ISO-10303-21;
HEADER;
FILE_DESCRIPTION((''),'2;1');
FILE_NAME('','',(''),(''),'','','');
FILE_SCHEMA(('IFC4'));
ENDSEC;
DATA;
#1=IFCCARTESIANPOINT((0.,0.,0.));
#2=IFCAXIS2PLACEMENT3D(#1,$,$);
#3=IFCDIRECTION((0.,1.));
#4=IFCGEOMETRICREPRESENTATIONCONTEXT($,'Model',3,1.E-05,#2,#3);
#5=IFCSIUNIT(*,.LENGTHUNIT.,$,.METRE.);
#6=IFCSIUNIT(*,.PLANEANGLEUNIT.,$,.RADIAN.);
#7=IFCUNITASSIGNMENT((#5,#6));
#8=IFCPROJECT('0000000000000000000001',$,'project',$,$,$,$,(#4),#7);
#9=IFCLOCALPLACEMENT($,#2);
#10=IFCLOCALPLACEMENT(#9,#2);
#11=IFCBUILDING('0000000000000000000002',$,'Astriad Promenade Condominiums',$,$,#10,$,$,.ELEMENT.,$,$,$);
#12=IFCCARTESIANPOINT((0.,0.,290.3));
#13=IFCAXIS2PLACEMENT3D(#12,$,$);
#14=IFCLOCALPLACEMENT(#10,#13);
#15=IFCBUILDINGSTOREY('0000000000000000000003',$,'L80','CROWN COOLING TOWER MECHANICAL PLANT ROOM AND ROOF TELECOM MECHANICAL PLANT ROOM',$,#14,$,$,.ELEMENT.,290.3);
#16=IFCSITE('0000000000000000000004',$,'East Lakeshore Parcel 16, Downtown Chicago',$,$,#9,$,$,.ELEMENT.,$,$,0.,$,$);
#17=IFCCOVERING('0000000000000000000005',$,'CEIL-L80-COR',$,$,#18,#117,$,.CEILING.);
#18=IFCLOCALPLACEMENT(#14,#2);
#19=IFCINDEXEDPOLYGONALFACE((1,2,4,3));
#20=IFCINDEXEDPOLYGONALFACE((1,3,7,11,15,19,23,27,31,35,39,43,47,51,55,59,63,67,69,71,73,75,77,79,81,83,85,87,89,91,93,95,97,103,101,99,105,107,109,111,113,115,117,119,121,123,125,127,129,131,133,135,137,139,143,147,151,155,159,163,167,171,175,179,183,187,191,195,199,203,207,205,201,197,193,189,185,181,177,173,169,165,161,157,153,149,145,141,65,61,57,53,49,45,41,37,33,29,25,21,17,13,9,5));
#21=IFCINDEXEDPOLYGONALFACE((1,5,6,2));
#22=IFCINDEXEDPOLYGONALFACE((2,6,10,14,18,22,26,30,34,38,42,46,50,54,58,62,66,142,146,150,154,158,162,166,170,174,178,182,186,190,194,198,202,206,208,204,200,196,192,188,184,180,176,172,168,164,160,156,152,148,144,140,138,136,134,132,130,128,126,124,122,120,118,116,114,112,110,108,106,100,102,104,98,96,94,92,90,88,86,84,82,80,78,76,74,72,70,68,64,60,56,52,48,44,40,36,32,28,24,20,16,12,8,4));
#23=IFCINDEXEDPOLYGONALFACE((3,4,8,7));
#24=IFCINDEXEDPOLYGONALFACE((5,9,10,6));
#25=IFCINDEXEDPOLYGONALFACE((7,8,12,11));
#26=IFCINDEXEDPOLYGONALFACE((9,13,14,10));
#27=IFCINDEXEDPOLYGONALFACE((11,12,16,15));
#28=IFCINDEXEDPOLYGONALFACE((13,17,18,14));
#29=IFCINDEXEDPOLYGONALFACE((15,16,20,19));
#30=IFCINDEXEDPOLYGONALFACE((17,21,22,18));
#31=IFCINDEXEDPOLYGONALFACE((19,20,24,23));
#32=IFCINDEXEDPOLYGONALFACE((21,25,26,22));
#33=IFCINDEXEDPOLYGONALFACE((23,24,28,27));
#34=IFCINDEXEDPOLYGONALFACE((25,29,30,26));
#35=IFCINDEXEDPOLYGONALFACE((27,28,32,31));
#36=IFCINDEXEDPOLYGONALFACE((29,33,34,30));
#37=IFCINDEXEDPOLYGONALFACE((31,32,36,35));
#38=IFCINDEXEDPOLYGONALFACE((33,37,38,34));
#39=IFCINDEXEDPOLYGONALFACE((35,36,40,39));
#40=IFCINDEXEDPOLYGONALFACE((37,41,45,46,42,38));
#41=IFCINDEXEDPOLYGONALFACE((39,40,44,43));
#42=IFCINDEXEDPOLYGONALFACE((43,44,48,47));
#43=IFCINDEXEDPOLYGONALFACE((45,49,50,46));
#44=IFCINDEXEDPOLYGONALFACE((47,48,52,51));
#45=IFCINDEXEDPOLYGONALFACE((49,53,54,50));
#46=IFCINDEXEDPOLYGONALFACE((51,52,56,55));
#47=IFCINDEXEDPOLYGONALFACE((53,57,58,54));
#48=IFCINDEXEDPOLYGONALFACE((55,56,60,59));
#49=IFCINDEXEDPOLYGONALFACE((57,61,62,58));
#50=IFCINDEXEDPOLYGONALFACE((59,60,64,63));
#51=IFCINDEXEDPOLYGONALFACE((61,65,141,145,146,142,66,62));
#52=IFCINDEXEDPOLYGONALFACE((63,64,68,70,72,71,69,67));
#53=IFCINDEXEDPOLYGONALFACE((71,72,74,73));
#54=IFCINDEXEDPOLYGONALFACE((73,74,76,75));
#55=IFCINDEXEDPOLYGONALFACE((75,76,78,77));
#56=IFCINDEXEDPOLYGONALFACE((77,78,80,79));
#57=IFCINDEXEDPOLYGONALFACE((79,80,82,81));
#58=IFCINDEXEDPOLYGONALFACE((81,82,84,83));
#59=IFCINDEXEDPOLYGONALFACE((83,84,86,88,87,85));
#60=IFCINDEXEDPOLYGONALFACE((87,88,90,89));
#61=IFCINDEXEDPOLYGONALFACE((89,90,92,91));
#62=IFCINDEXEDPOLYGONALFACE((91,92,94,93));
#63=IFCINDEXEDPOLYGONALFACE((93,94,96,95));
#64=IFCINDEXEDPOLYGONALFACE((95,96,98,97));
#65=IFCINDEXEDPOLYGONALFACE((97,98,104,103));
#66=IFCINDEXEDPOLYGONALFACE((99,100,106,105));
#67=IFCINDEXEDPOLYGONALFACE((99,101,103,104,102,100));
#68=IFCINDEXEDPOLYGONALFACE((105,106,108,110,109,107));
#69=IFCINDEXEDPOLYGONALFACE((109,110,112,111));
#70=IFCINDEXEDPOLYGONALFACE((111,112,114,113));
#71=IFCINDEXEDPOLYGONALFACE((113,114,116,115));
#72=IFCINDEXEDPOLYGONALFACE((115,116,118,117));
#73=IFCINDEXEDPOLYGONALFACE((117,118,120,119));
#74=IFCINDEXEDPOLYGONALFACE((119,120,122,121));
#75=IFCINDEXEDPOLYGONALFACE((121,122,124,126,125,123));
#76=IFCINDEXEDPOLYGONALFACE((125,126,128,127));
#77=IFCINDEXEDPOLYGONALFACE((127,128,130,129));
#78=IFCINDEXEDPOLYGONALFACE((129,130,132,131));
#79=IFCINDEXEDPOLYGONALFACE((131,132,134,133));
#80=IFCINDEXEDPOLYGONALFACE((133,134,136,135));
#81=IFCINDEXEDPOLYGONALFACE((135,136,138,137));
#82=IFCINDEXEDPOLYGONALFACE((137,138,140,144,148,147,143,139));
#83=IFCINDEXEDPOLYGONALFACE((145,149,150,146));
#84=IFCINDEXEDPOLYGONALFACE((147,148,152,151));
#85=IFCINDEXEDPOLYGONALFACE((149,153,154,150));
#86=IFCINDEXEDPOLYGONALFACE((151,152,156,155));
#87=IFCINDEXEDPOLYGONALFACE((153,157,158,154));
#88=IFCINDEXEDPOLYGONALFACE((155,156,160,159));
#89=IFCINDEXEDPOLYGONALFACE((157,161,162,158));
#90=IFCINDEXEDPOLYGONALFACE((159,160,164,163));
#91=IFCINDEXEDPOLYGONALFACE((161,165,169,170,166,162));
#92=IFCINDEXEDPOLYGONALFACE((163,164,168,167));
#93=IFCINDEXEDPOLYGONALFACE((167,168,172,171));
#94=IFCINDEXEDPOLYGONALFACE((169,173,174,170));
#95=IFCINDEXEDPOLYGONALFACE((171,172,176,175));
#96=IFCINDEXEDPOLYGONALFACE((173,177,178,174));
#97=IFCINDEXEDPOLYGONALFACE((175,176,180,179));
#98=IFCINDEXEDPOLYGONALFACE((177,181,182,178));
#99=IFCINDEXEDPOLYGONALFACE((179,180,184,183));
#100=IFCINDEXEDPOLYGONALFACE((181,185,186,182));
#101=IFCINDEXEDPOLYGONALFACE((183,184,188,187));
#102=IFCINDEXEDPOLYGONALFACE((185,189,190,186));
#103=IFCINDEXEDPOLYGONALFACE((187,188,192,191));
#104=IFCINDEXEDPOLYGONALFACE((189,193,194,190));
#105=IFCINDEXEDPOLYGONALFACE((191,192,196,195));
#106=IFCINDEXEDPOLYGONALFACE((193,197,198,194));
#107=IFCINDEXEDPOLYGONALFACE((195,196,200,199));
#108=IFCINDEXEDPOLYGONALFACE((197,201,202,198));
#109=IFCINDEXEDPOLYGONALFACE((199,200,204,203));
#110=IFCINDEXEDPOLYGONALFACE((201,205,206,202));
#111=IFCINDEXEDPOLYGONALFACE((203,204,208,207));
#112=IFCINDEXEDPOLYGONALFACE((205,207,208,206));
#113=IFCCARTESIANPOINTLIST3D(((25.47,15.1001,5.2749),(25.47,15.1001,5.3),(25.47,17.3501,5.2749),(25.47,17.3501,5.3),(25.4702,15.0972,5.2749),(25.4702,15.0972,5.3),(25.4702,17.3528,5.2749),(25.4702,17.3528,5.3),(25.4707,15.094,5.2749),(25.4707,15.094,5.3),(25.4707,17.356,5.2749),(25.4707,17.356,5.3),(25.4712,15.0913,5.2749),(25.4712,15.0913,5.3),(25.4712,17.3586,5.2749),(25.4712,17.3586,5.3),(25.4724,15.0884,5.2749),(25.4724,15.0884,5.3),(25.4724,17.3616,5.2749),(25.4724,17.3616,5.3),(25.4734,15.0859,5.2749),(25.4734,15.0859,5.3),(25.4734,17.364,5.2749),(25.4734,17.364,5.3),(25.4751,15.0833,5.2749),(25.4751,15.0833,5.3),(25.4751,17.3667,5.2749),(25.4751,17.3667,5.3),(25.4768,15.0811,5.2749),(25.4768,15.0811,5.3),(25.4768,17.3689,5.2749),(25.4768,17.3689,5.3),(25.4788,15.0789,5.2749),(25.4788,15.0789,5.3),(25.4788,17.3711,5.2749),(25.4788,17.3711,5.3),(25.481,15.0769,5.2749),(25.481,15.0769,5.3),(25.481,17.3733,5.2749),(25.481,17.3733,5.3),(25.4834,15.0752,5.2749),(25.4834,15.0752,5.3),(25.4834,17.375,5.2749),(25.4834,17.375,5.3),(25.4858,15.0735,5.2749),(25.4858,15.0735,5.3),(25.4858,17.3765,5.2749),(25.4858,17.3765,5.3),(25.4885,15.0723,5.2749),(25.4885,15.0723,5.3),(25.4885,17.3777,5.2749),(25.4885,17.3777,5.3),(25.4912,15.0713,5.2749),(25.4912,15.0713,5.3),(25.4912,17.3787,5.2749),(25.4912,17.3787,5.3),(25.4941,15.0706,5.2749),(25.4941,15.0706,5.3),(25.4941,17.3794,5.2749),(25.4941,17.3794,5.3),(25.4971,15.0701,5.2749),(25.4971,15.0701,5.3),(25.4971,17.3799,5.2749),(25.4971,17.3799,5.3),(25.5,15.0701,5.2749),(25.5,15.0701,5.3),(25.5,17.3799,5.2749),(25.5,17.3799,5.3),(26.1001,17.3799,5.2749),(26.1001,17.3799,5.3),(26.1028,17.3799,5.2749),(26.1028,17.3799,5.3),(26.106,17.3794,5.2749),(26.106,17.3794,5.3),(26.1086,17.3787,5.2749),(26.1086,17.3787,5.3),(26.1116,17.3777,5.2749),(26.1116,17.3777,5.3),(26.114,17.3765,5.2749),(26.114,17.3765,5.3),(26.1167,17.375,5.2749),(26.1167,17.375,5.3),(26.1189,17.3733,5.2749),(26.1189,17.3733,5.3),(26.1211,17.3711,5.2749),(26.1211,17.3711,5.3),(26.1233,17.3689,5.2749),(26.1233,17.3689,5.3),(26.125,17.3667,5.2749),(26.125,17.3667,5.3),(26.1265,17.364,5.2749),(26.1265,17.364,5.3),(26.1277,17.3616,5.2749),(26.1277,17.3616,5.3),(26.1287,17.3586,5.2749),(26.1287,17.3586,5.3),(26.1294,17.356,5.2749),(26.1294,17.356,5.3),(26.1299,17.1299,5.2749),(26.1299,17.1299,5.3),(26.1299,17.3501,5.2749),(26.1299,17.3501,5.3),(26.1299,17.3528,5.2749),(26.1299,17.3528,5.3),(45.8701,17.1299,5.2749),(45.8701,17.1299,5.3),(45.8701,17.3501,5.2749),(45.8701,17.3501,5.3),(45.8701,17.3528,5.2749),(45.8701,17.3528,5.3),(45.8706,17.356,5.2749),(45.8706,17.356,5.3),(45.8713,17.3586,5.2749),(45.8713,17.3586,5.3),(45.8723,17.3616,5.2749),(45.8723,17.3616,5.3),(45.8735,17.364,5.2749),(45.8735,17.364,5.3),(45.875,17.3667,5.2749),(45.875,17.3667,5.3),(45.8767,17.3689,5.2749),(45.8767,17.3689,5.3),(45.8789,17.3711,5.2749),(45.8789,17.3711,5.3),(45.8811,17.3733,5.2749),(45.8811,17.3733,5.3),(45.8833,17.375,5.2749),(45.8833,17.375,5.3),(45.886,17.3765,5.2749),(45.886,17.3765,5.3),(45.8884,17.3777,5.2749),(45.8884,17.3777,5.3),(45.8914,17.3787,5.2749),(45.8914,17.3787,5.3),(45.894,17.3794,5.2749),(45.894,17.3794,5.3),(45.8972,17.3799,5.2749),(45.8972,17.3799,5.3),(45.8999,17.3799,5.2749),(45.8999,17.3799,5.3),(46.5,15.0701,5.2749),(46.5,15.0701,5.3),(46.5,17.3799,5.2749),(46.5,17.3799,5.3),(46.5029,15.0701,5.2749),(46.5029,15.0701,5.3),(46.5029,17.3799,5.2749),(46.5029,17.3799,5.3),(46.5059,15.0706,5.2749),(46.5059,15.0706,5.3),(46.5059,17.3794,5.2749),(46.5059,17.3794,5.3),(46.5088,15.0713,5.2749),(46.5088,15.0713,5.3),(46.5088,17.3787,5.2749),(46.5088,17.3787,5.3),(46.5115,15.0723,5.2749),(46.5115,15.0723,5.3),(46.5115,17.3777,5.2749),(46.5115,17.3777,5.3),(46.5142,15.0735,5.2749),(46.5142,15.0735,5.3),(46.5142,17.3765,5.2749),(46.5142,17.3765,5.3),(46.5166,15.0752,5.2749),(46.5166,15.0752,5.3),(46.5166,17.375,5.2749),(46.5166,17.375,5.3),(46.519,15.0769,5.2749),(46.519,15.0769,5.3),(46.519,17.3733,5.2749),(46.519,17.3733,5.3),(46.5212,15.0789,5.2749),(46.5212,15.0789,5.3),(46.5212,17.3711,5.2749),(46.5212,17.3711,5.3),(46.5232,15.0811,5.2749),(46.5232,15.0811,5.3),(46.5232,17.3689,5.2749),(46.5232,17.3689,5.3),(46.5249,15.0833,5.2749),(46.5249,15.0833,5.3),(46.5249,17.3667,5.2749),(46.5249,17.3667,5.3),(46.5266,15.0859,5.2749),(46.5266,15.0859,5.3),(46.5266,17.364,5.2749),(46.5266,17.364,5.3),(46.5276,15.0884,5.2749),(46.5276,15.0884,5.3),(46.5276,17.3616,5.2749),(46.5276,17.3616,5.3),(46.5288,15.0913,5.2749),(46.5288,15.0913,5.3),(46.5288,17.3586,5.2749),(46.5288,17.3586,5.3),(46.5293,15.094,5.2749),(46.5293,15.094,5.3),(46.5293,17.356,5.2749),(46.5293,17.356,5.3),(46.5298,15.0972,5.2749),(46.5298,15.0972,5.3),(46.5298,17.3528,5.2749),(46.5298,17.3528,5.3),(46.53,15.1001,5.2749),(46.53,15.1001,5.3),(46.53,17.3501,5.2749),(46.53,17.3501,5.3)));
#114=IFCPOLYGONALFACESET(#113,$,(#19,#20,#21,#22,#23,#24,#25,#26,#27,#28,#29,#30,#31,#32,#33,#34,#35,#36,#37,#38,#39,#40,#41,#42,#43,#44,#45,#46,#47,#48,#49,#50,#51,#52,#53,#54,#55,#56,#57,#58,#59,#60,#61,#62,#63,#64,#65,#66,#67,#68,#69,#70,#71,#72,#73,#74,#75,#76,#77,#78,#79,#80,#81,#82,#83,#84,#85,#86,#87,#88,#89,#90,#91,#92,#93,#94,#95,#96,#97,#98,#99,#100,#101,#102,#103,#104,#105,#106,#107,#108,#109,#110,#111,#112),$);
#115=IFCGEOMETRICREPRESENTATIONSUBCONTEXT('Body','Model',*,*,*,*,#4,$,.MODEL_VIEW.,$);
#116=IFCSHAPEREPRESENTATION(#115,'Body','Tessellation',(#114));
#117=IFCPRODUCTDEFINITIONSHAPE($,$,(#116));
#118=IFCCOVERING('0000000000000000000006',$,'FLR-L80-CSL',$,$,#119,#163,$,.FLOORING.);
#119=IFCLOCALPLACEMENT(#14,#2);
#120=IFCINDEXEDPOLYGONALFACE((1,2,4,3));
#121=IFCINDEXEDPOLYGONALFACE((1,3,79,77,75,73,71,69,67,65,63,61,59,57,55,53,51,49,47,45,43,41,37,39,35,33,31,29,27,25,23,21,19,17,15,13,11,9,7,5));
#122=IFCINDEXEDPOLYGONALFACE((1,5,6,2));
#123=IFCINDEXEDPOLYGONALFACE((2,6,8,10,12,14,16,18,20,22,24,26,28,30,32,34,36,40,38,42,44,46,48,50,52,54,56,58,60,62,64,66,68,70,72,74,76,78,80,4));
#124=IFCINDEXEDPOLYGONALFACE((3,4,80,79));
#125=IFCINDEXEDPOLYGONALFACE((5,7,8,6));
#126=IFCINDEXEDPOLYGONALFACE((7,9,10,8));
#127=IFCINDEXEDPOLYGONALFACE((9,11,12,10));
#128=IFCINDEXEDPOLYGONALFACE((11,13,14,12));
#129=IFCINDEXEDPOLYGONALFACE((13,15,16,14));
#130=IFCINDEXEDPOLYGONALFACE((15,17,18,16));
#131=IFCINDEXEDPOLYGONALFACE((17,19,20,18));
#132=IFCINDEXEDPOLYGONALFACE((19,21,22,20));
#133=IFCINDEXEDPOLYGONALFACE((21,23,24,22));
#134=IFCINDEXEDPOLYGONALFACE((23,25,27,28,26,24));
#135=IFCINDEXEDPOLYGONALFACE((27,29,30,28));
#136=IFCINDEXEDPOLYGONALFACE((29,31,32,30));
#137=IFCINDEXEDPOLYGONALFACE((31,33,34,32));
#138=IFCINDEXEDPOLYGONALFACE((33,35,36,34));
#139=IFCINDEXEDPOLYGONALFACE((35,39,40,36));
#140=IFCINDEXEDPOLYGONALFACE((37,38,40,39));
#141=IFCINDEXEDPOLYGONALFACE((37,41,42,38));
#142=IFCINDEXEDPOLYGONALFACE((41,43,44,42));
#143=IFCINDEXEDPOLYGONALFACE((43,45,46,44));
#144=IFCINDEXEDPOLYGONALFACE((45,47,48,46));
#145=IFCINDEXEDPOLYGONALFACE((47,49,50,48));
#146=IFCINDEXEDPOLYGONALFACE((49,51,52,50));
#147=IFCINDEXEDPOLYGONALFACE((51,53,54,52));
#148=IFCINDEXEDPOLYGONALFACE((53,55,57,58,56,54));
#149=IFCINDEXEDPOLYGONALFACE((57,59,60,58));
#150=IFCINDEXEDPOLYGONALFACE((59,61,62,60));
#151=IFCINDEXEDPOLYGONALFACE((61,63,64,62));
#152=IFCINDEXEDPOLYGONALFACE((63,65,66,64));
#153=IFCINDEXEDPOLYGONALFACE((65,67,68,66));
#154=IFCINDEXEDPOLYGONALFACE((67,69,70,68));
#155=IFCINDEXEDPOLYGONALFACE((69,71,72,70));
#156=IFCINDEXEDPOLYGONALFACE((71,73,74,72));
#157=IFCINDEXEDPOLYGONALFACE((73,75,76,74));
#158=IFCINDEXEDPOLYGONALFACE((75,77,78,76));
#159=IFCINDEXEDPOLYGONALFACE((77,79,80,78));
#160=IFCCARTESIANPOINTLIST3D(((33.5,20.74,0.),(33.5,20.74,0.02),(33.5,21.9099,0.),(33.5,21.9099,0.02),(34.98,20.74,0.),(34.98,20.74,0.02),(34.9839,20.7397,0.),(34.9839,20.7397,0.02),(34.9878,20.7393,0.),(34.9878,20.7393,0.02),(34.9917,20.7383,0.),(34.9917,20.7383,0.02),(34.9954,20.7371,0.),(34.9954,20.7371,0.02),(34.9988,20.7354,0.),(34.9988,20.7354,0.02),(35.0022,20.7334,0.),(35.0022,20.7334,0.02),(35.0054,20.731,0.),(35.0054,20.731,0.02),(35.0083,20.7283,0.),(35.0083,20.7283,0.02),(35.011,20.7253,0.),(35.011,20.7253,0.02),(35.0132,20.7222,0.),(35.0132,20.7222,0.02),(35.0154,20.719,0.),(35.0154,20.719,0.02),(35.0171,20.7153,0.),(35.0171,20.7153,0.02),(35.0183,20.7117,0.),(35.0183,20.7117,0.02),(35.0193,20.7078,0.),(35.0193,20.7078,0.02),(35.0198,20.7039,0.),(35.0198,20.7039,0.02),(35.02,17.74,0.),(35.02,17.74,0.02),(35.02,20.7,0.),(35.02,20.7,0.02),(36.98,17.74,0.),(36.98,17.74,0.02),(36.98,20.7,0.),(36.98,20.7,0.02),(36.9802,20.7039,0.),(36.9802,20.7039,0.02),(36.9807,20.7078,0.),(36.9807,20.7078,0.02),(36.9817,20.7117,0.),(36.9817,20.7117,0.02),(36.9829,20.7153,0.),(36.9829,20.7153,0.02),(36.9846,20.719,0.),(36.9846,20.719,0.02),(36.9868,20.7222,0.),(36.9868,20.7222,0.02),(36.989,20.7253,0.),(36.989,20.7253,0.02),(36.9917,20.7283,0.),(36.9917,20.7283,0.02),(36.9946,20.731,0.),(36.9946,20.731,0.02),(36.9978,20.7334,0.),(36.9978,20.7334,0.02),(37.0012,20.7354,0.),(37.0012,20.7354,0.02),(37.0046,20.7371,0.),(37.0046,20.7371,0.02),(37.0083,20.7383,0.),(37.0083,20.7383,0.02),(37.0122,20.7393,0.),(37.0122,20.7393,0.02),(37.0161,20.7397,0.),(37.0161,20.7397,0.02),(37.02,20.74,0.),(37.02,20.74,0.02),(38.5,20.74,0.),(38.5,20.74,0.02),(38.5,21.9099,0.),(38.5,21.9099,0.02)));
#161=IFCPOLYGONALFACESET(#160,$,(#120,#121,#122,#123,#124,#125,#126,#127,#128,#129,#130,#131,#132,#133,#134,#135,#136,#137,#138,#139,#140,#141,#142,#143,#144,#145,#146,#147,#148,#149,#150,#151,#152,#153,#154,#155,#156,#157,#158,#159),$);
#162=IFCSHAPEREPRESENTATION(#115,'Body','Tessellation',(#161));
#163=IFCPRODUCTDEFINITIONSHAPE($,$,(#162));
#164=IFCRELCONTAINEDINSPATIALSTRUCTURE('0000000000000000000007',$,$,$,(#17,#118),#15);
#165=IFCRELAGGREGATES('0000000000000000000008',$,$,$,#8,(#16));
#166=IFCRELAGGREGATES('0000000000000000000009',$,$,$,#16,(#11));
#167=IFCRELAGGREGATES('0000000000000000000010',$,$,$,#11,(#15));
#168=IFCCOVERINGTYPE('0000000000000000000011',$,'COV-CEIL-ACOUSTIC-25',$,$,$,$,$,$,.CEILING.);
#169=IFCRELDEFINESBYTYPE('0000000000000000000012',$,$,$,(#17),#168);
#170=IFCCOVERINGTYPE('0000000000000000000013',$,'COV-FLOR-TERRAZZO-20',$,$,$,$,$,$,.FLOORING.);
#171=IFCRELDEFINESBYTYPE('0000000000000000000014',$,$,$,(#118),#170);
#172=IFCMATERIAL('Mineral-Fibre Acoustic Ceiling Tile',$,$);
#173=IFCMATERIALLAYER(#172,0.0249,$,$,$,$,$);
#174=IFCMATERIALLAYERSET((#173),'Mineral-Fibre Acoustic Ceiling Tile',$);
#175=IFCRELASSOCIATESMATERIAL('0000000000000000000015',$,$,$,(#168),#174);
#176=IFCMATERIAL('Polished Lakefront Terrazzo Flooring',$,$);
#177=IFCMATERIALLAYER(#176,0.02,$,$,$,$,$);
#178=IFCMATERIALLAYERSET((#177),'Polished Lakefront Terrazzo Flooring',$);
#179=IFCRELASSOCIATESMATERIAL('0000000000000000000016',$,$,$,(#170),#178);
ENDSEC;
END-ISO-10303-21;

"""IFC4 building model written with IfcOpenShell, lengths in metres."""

from ifc_helpers import new_model, si_unit, direction, frame, origin, place, context, subcontext, project, spatial, polyline, outline, extrude, material, layer, layer_set, type_object, element, save


model = new_model("IFC4")

# Units and contexts
model_context = context("Model", 3, precision=1e-05, world=origin(), true_north=direction((0.0, 1.0)))
body_context = subcontext(model_context, "Body", "Model", "MODEL_VIEW")
ifc_project = project(units=[si_unit("LENGTHUNIT", "METRE"), si_unit("PLANEANGLEUNIT", "RADIAN")], contexts=[model_context])

# Site, building, storey
site_placement = place(None, origin())
site = spatial("IfcSite", under=ifc_project, at=site_placement, Name="East Lakeshore Parcel 16, Downtown Chicago", CompositionType="ELEMENT", RefElevation=0.0)
building_placement = place(site_placement, origin())
building = spatial("IfcBuilding", under=site, at=building_placement, Name="Astriad Promenade Condominiums", CompositionType="ELEMENT")
storey_placement = place(building_placement, frame((0.0, 0.0, 290.3)))
storey = spatial("IfcBuildingStorey", under=building, at=storey_placement, Name="L80", Description="CROWN COOLING TOWER MECHANICAL PLANT ROOM AND ROOF TELECOM MECHANICAL PLANT ROOM", CompositionType="ELEMENT", Elevation=290.3)

# Coverings
ifc_material_1 = material(Name="Mineral-Fibre Acoustic Ceiling Tile")
ifc_layer_1 = layer(ifc_material_1, 0.0249)
ifc_layer_set_1 = layer_set([ifc_layer_1], Name="Mineral-Fibre Acoustic Ceiling Tile")
covering_type_1 = type_object("IfcCoveringType", Name="COV-CEIL-ACOUSTIC-25", PredefinedType="CEILING", material=ifc_layer_set_1)
covering_1_placement = place(storey_placement, frame((0.0, 0.0, 5.2749)))
element("IfcCovering", 1, at=covering_1_placement, inside=storey, type_object=covering_type_1, Name="CEIL-L80-COR", PredefinedType="CEILING", context=body_context, shape_type="SweptSolid", body=[
    extrude(outline(polyline([(26.1299, 17.1299), (45.8701, 17.1299), (45.8701, 17.3501), (45.8701, 17.3528), (45.8706, 17.356), (45.8713, 17.3586), (45.8723, 17.3616), (45.8735, 17.364), (45.875, 17.3667), (45.8767, 17.3689), (45.8789, 17.3711), (45.8811, 17.3733), (45.8833, 17.375), (45.886, 17.3765), (45.8884, 17.3777), (45.8914, 17.3787), (45.894, 17.3794), (45.8972, 17.3799), (45.8999, 17.3799), (46.5, 17.3799), (46.5029, 17.3799), (46.5059, 17.3794), (46.5088, 17.3787), (46.5115, 17.3777), (46.5142, 17.3765), (46.5166, 17.375), (46.519, 17.3733), (46.5212, 17.3711), (46.5232, 17.3689), (46.5249, 17.3667), (46.5266, 17.364), (46.5276, 17.3616), (46.5288, 17.3586), (46.5293, 17.356), (46.5298, 17.3528), (46.53, 17.3501), (46.53, 15.1001), (46.5298, 15.0972), (46.5293, 15.094), (46.5288, 15.0913), (46.5276, 15.0884), (46.5266, 15.0859), (46.5249, 15.0833), (46.5232, 15.0811), (46.5212, 15.0789), (46.519, 15.0769), (46.5166, 15.0752), (46.5142, 15.0735), (46.5115, 15.0723), (46.5088, 15.0713), (46.5059, 15.0706), (46.5029, 15.0701), (46.5, 15.0701), (25.5, 15.0701), (25.4971, 15.0701), (25.4941, 15.0706), (25.4912, 15.0713), (25.4885, 15.0723), (25.4858, 15.0735), (25.4834, 15.0752), (25.481, 15.0769), (25.4788, 15.0789), (25.4768, 15.0811), (25.4751, 15.0833), (25.4734, 15.0859), (25.4724, 15.0884), (25.4712, 15.0913), (25.4707, 15.094), (25.4702, 15.0972), (25.47, 15.1001), (25.47, 17.3501), (25.4702, 17.3528), (25.4707, 17.356), (25.4712, 17.3586), (25.4724, 17.3616), (25.4734, 17.364), (25.4751, 17.3667), (25.4768, 17.3689), (25.4788, 17.3711), (25.481, 17.3733), (25.4834, 17.375), (25.4858, 17.3765), (25.4885, 17.3777), (25.4912, 17.3787), (25.4941, 17.3794), (25.4971, 17.3799), (25.5, 17.3799), (26.1001, 17.3799), (26.1028, 17.3799), (26.106, 17.3794), (26.1086, 17.3787), (26.1116, 17.3777), (26.114, 17.3765), (26.1167, 17.375), (26.1189, 17.3733), (26.1211, 17.3711), (26.1233, 17.3689), (26.125, 17.3667), (26.1265, 17.364), (26.1277, 17.3616), (26.1287, 17.3586), (26.1294, 17.356), (26.1299, 17.3528), (26.1299, 17.3501), (26.1299, 17.1299)])), origin(), (0.0, 0.0, 1.0), 0.0251),
])
ifc_material_2 = material(Name="Polished Lakefront Terrazzo Flooring")
ifc_layer_2 = layer(ifc_material_2, 0.02)
ifc_layer_set_2 = layer_set([ifc_layer_2], Name="Polished Lakefront Terrazzo Flooring")
covering_type_2 = type_object("IfcCoveringType", Name="COV-FLOR-TERRAZZO-20", PredefinedType="FLOORING", material=ifc_layer_set_2)
covering_2_placement = place(storey_placement, origin())
element("IfcCovering", 2, at=covering_2_placement, inside=storey, type_object=covering_type_2, Name="FLR-L80-CSL", PredefinedType="FLOORING", context=body_context, shape_type="SweptSolid", body=[
    extrude(outline(polyline([(36.98, 20.7), (36.98, 17.74), (35.02, 17.74), (35.02, 20.7), (35.0198, 20.7039), (35.0193, 20.7078), (35.0183, 20.7117), (35.0171, 20.7153), (35.0154, 20.719), (35.0132, 20.7222), (35.011, 20.7253), (35.0083, 20.7283), (35.0054, 20.731), (35.0022, 20.7334), (34.9988, 20.7354), (34.9954, 20.7371), (34.9917, 20.7383), (34.9878, 20.7393), (34.9839, 20.7397), (34.98, 20.74), (33.5, 20.74), (33.5, 21.9099), (38.5, 21.9099), (38.5, 20.74), (37.02, 20.74), (37.0161, 20.7397), (37.0122, 20.7393), (37.0083, 20.7383), (37.0046, 20.7371), (37.0012, 20.7354), (36.9978, 20.7334), (36.9946, 20.731), (36.9917, 20.7283), (36.989, 20.7253), (36.9868, 20.7222), (36.9846, 20.719), (36.9829, 20.7153), (36.9817, 20.7117), (36.9807, 20.7078), (36.9802, 20.7039), (36.98, 20.7)])), origin(), (0.0, 0.0, 1.0), 0.02),
])

save(model, "model.ifc")
